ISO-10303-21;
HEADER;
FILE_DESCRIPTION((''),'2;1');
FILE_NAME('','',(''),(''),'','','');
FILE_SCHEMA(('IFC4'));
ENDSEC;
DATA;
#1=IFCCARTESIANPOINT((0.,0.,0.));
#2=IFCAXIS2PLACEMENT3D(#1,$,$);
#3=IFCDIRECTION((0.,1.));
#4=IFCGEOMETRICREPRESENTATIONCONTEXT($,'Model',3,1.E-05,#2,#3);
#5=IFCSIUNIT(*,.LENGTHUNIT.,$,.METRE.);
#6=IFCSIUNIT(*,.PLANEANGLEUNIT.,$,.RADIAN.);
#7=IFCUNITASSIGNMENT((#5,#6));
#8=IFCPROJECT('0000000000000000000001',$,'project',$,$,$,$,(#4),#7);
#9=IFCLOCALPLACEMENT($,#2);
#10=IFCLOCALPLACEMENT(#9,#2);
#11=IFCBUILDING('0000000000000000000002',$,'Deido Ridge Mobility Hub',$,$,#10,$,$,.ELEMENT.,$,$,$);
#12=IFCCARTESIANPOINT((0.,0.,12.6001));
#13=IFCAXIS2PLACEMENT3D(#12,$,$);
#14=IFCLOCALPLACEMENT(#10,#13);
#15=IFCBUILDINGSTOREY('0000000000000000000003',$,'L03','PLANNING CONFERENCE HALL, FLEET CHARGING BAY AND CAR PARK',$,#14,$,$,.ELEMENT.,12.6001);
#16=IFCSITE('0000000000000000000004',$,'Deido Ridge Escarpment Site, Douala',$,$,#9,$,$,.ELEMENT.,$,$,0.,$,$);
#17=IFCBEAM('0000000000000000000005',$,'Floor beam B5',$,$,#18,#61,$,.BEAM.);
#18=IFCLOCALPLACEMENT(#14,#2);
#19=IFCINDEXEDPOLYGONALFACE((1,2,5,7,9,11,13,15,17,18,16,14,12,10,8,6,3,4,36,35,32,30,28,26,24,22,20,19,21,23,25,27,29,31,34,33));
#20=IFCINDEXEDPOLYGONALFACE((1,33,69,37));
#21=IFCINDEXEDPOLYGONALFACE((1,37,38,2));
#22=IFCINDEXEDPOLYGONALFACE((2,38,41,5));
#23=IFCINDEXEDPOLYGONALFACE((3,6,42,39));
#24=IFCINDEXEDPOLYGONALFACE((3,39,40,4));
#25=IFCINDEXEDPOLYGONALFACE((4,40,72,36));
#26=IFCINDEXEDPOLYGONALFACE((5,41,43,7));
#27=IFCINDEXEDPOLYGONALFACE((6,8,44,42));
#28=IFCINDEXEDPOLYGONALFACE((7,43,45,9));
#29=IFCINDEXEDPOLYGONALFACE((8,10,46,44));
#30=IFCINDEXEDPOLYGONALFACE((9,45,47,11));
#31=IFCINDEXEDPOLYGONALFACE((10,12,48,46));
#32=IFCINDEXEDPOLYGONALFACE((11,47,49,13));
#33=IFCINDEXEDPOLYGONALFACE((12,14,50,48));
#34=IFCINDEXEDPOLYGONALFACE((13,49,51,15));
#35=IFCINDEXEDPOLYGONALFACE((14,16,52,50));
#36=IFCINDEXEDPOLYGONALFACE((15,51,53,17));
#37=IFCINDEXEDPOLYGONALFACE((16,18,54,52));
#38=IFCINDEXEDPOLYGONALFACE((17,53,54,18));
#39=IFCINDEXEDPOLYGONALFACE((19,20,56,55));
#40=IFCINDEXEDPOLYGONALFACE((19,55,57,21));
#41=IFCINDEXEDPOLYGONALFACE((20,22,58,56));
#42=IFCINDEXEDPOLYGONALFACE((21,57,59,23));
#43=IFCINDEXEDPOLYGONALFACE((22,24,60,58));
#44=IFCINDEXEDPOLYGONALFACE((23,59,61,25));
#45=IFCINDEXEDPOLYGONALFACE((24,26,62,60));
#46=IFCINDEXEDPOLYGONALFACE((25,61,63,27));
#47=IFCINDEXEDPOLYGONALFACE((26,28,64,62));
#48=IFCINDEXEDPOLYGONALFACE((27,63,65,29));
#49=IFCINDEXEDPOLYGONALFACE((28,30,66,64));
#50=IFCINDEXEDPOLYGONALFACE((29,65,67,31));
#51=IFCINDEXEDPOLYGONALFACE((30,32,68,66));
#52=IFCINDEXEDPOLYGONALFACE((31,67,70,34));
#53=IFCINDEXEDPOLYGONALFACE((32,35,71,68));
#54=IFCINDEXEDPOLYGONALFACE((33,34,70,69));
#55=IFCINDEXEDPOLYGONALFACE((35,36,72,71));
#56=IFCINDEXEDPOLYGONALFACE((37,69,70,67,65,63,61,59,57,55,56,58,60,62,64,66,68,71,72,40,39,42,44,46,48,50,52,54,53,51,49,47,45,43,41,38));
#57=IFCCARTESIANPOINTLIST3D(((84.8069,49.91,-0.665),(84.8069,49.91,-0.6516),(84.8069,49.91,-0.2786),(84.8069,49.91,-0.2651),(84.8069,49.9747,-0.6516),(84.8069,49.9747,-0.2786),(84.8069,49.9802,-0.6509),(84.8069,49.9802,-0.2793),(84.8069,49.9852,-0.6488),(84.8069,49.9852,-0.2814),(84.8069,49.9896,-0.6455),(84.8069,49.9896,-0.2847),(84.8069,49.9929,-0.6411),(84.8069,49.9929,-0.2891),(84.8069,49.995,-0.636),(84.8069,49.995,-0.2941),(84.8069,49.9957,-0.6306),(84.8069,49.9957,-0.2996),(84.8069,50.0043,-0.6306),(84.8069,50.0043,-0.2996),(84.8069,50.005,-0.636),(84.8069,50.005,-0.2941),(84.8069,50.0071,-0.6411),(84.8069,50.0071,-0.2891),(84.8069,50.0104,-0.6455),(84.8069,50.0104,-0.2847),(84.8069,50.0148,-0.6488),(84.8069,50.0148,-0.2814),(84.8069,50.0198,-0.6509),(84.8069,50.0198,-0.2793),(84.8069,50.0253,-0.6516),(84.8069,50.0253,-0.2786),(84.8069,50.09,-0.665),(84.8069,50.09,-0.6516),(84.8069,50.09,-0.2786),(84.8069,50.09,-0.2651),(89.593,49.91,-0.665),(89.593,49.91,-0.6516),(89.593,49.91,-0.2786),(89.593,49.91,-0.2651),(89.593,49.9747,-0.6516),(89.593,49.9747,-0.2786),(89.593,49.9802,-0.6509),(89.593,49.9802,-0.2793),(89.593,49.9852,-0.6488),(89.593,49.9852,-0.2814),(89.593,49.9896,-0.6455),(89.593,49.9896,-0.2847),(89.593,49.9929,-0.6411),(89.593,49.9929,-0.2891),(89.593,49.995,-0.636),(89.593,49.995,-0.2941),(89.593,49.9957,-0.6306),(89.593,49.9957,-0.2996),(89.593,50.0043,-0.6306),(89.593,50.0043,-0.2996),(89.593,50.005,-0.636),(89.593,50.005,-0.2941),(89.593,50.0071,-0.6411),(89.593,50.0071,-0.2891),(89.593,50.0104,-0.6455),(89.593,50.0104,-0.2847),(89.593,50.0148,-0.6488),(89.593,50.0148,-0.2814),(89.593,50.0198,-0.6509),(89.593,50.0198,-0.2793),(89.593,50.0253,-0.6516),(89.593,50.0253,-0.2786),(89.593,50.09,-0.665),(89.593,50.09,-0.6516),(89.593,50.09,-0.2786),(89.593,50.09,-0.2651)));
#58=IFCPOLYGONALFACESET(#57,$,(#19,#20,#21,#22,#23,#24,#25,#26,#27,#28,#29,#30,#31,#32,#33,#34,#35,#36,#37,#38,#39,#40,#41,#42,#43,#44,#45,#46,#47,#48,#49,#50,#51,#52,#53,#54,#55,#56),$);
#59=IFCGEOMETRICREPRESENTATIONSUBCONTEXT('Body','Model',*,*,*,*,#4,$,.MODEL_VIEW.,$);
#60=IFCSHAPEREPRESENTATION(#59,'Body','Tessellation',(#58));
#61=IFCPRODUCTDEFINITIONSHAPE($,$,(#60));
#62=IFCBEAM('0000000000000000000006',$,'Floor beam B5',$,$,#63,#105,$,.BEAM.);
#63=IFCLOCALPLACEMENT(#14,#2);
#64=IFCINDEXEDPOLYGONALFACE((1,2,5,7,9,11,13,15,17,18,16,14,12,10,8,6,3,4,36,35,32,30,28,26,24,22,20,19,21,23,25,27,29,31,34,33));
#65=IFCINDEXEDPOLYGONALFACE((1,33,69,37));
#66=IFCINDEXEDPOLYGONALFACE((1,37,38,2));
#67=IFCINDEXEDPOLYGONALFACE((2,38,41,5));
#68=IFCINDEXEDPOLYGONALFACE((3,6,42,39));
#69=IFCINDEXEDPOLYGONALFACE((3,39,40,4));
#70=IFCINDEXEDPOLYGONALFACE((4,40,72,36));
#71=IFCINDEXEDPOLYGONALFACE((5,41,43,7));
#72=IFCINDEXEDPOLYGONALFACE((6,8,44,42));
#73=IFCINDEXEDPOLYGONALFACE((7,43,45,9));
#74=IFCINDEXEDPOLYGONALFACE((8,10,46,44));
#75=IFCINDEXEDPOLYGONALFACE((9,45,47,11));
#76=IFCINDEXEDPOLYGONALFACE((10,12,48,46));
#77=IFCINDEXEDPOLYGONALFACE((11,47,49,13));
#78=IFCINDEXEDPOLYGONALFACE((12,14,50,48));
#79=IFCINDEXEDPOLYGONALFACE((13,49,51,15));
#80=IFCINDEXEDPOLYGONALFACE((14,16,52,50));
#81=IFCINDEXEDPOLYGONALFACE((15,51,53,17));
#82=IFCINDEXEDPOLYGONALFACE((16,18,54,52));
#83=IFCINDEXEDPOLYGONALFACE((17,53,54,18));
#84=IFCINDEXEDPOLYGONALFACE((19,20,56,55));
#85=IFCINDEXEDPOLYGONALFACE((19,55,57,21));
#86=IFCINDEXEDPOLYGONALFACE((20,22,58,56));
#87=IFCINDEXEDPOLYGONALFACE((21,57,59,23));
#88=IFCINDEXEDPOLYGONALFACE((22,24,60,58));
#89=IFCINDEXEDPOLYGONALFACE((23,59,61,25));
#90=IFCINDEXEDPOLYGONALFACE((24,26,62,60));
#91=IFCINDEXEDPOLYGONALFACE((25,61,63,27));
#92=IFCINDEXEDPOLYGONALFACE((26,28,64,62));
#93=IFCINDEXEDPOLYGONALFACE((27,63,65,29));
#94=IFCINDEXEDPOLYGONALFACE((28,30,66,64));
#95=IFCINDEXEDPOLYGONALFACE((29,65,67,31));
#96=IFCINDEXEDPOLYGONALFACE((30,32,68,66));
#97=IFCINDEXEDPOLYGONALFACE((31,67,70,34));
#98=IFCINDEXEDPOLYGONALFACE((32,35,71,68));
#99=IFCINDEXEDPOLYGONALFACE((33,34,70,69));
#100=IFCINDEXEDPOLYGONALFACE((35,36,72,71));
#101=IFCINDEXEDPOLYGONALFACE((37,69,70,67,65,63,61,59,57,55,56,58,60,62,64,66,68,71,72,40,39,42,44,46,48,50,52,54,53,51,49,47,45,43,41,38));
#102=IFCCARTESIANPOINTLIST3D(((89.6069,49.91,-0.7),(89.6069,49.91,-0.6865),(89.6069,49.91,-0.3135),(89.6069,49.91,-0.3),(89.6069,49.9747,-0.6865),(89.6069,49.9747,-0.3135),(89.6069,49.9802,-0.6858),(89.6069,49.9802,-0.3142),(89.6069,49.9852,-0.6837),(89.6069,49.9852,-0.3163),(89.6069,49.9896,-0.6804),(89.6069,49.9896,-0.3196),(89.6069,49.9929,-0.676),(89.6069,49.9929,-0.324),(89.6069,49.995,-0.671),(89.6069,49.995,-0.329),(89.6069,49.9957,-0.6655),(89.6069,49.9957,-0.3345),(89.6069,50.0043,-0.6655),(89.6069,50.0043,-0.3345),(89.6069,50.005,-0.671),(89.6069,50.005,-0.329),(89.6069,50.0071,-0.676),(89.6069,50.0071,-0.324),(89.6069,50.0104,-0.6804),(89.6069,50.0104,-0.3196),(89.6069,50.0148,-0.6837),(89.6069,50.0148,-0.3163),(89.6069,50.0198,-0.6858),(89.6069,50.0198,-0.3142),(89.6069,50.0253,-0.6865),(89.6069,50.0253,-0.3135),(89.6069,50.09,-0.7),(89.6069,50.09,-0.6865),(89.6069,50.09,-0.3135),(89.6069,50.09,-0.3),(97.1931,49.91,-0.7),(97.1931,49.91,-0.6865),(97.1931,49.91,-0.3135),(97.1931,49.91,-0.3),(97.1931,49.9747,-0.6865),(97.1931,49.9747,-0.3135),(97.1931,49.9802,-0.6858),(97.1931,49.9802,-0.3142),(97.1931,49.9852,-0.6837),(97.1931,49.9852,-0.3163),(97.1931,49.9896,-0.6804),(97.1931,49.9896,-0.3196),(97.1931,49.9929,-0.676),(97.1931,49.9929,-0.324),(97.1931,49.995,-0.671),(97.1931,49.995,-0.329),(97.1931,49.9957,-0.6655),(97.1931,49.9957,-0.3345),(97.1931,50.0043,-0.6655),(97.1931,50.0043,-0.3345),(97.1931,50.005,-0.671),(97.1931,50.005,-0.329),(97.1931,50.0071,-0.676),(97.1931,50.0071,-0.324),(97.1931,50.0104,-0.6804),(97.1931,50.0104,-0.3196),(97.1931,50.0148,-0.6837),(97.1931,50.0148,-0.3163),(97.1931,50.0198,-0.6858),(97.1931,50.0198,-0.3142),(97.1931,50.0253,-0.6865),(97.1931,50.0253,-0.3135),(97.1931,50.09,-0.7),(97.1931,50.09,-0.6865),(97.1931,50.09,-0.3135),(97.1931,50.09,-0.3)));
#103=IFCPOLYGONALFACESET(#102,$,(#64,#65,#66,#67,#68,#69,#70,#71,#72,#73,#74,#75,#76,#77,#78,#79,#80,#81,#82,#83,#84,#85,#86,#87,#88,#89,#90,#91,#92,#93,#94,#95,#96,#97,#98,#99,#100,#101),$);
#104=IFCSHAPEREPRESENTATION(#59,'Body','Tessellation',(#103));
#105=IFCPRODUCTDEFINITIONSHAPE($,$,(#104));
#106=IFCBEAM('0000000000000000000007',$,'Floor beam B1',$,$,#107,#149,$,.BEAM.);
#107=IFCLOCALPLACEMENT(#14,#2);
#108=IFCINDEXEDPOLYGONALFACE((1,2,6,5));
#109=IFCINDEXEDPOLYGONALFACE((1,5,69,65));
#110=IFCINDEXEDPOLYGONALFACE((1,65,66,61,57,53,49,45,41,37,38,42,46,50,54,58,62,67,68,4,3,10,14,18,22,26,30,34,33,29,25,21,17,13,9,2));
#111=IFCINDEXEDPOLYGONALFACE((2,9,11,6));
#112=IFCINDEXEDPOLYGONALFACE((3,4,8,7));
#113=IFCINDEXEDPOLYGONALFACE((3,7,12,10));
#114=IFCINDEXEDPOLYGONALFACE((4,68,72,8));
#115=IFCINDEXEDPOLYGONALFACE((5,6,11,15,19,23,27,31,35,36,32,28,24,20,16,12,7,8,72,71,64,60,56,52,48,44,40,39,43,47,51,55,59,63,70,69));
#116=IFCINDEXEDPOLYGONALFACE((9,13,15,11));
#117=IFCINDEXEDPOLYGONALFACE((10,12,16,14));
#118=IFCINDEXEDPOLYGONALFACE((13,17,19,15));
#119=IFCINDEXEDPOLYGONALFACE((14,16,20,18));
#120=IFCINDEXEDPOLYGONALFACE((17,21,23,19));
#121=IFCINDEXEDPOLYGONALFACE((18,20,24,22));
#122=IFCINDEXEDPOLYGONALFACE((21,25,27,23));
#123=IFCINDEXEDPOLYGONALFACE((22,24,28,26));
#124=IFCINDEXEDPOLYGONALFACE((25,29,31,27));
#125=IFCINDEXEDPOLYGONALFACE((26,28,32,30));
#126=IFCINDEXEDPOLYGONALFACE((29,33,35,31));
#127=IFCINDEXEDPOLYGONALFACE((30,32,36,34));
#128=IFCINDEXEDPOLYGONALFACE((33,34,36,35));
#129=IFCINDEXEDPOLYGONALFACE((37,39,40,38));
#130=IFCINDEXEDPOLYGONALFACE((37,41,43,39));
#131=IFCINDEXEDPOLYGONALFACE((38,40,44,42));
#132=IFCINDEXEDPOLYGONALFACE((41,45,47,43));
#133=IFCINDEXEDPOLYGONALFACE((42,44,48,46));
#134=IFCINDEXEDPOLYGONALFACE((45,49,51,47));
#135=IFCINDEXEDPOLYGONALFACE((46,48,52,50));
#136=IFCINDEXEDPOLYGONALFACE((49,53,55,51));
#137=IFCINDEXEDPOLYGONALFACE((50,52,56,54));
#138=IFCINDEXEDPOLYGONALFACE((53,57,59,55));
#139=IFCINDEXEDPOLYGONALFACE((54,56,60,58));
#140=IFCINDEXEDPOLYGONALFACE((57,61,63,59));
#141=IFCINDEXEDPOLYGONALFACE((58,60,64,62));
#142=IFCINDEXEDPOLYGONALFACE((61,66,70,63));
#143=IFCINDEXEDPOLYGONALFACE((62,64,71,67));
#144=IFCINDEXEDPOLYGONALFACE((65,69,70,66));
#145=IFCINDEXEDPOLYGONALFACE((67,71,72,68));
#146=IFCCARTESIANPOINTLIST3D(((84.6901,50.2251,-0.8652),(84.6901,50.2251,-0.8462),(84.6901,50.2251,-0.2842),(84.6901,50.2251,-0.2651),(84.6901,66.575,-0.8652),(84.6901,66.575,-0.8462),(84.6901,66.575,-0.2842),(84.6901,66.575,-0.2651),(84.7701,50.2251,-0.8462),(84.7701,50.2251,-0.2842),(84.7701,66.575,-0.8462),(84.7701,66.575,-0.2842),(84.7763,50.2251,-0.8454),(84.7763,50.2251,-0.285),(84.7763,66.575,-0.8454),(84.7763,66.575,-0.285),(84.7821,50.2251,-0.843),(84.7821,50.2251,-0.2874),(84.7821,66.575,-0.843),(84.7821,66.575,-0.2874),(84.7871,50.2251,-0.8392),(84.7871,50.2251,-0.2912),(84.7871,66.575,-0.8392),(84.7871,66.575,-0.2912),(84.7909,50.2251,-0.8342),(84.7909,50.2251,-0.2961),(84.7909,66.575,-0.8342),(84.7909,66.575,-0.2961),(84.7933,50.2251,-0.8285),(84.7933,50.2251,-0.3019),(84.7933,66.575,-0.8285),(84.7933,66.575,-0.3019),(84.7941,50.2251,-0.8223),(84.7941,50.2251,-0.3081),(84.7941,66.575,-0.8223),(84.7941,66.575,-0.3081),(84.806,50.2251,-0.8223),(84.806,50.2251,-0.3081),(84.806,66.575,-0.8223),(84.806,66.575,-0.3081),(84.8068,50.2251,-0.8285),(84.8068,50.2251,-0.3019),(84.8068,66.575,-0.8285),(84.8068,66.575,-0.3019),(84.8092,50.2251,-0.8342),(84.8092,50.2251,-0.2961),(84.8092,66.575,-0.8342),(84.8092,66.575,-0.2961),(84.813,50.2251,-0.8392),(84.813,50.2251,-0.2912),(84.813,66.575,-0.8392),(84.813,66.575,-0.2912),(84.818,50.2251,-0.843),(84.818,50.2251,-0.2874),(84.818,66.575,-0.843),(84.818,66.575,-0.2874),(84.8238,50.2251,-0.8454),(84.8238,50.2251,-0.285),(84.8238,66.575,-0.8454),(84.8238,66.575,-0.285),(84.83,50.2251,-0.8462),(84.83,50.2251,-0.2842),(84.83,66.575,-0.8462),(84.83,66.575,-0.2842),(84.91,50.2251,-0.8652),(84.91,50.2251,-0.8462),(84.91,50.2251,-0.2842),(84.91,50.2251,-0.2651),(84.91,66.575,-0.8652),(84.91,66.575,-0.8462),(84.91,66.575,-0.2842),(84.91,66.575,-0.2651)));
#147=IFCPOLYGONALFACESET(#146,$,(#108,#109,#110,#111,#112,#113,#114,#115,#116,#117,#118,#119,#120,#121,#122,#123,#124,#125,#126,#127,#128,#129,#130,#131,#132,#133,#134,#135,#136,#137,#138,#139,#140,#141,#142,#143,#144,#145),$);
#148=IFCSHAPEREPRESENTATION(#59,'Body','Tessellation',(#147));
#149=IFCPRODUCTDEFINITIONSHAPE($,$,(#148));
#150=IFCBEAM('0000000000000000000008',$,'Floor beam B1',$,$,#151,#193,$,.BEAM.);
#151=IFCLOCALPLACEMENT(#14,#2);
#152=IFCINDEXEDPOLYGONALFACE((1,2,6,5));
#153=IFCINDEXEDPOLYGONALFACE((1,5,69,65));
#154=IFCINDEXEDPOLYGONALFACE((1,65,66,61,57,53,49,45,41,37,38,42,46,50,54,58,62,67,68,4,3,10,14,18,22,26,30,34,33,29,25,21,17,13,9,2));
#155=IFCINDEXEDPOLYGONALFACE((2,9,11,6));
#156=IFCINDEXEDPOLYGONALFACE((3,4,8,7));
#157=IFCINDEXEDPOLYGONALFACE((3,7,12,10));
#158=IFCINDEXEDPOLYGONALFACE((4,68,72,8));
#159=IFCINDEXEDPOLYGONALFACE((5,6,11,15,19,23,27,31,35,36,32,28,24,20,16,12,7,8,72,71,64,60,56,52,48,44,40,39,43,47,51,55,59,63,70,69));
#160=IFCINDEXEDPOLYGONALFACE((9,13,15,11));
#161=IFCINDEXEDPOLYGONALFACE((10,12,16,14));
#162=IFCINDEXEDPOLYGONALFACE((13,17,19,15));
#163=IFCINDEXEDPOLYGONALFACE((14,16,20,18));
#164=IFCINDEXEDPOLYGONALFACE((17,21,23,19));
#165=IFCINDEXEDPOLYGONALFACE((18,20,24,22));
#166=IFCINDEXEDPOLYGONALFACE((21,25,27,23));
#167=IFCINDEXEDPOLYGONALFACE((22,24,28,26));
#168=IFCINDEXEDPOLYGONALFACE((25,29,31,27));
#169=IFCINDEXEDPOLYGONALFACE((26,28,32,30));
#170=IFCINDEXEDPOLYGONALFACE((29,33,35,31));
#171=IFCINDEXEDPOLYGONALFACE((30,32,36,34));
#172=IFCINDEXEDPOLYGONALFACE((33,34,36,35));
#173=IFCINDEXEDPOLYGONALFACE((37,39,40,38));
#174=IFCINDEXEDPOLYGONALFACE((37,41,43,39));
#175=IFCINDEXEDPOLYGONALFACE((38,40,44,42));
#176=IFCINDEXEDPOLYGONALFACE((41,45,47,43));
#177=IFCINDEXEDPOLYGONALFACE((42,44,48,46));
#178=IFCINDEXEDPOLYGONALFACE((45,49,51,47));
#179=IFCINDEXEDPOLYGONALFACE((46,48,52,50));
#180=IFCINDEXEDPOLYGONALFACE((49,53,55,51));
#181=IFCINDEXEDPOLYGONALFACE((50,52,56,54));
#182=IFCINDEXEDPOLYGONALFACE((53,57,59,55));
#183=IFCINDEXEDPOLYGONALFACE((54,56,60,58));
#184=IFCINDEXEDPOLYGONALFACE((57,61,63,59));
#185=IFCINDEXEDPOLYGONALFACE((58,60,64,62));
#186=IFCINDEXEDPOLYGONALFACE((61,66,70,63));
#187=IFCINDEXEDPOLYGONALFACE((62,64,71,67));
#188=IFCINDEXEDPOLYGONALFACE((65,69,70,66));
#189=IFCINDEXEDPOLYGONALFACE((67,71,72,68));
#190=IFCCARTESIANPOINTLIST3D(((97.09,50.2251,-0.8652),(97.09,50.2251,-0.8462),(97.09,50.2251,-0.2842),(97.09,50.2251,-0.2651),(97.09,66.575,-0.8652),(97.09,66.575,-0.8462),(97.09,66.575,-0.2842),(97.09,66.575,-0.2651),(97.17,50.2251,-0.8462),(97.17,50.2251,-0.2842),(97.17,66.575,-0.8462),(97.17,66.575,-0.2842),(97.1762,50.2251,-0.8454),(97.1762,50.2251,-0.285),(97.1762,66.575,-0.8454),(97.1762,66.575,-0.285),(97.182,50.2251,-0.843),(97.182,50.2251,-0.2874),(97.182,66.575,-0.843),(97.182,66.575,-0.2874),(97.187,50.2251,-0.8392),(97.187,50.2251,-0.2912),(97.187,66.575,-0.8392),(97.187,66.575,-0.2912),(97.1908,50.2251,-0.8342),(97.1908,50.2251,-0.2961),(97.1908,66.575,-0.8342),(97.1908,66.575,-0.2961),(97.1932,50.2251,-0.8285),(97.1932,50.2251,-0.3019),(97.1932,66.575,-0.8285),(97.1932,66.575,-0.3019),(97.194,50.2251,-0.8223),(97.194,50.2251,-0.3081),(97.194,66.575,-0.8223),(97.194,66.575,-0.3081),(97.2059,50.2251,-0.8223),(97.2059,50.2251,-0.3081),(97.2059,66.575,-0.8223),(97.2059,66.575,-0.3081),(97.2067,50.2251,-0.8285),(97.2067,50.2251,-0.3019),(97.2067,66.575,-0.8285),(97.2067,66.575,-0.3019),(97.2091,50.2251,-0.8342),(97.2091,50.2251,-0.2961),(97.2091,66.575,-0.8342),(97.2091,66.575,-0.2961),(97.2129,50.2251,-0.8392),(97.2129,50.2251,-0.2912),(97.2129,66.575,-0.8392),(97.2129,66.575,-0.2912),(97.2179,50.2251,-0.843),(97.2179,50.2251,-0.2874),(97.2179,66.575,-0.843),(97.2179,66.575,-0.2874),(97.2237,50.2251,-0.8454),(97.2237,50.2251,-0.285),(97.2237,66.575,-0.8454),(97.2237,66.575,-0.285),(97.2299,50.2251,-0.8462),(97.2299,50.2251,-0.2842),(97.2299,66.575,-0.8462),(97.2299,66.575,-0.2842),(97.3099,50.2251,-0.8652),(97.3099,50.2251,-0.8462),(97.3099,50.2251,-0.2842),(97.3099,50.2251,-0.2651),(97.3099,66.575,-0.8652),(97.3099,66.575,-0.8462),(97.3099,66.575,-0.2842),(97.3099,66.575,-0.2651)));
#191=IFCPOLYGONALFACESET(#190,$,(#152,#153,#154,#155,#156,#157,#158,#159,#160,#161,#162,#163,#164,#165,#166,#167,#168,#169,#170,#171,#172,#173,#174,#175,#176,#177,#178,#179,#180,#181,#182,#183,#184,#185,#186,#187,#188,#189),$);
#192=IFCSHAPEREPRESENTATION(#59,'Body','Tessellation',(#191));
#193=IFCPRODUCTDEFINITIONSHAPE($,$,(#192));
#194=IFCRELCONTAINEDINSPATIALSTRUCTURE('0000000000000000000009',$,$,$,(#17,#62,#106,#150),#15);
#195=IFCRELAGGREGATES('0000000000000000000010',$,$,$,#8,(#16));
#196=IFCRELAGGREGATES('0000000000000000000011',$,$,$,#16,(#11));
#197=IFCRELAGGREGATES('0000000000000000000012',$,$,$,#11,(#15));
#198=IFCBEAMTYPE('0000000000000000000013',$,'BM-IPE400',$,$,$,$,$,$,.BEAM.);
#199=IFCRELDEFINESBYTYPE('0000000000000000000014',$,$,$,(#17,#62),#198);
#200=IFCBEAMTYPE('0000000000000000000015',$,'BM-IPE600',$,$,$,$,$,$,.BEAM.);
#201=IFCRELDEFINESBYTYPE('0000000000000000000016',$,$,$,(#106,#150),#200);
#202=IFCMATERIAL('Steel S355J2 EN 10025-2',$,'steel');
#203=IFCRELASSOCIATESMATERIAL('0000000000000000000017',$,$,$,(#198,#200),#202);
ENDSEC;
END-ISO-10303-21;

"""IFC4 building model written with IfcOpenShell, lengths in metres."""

from ifc_helpers import new_model, si_unit, direction, frame, origin, origin_2d, place, context, subcontext, project, spatial, i_section, extrude, material, material_profile, profile_set, type_object, element, save


model = new_model("IFC4")

# Units and contexts
model_context = context("Model", 3, precision=1e-05, world=origin(), true_north=direction((0.0, 1.0)))
body_context = subcontext(model_context, "Body", "Model", "MODEL_VIEW")
ifc_project = project(units=[si_unit("LENGTHUNIT", "METRE"), si_unit("PLANEANGLEUNIT", "RADIAN")], contexts=[model_context])

# Site, building, storey
site_placement = place(None, origin())
site = spatial("IfcSite", under=ifc_project, at=site_placement, Name="Deido Ridge Escarpment Site, Douala", CompositionType="ELEMENT", RefElevation=0.0)
building_placement = place(site_placement, origin())
building = spatial("IfcBuilding", under=site, at=building_placement, Name="Deido Ridge Mobility Hub", CompositionType="ELEMENT")
storey_placement = place(building_placement, frame((0.0, 0.0, 12.6001)))
storey = spatial("IfcBuildingStorey", under=building, at=storey_placement, Name="L03", Description="PLANNING CONFERENCE HALL, FLEET CHARGING BAY AND CAR PARK", CompositionType="ELEMENT", Elevation=12.6001)

# Shared definitions
ifc_material_1 = material(Name="Steel S355J2 EN 10025-2", Category="steel")

# Beams
ifc_material_profile_1 = material_profile(ifc_material_1, i_section(OverallWidth=0.1799, OverallDepth=0.3999, WebThickness=0.0085, FlangeThickness=0.0134, FilletRadius=0.021, at=origin_2d()), Name="IPE 400")
ifc_profile_set_1 = profile_set([ifc_material_profile_1], Name="Steel S355J2 EN 10025-2")
beam_type_1 = type_object("IfcBeamType", Name="BM-IPE400", PredefinedType="BEAM", material=ifc_profile_set_1)
beam_1_placement = place(storey_placement, frame((84.8069, 50.0, -0.4651), z_axis=(1.0, 0.0, 0.0), x_axis=(0.0, 1.0, 0.0)))
element("IfcBeam", 1, at=beam_1_placement, inside=storey, type_object=beam_type_1, Name="Floor beam B5", PredefinedType="BEAM", context=body_context, shape_type="SweptSolid", body=[
    extrude(i_section(OverallWidth=0.1799, OverallDepth=0.3999, WebThickness=0.0085, FlangeThickness=0.0134, FilletRadius=0.021, at=origin_2d()), origin(), (0.0, 0.0, 1.0), 4.7861),
])
beam_2_placement = place(storey_placement, frame((89.6069, 50.0, -0.5), z_axis=(1.0, 0.0, 0.0), x_axis=(0.0, 1.0, 0.0)))
element("IfcBeam", 2, at=beam_2_placement, inside=storey, type_object=beam_type_1, Name="Floor beam B5", PredefinedType="BEAM", context=body_context, shape_type="SweptSolid", body=[
    extrude(i_section(OverallWidth=0.1799, OverallDepth=0.3999, WebThickness=0.0085, FlangeThickness=0.0134, FilletRadius=0.021, at=origin_2d()), origin(), (0.0, 0.0, 1.0), 7.5862),
])
ifc_material_profile_2 = material_profile(ifc_material_1, i_section(OverallWidth=0.22, OverallDepth=0.6001, WebThickness=0.012, FlangeThickness=0.019, FilletRadius=0.0239, at=origin_2d()), Name="IPE 600")
ifc_profile_set_2 = profile_set([ifc_material_profile_2], Name="Steel S355J2 EN 10025-2")
beam_type_2 = type_object("IfcBeamType", Name="BM-IPE600", PredefinedType="BEAM", material=ifc_profile_set_2)
for number, where, z_axis, x_axis, name in (
    (3, (84.8, 50.2251, -0.5652), (0.0, 1.0, 0.0), (-1.0, 0.0, 0.0), "Floor beam B1"),
    (4, (97.2, 50.2251, -0.5652), (0.0, 1.0, 0.0), (-1.0, 0.0, 0.0), "Floor beam B1"),
):
    element("IfcBeam", number, at=place(storey_placement, frame(where, z_axis=z_axis, x_axis=x_axis)), inside=storey, type_object=beam_type_2, Name=name, PredefinedType="BEAM", context=body_context, shape_type="SweptSolid", body=[
        extrude(i_section(OverallWidth=0.22, OverallDepth=0.6001, WebThickness=0.012, FlangeThickness=0.019, FilletRadius=0.0239, at=origin_2d()), origin(), (0.0, 0.0, 1.0), 16.3499),
    ])

save(model, "model.ifc")
